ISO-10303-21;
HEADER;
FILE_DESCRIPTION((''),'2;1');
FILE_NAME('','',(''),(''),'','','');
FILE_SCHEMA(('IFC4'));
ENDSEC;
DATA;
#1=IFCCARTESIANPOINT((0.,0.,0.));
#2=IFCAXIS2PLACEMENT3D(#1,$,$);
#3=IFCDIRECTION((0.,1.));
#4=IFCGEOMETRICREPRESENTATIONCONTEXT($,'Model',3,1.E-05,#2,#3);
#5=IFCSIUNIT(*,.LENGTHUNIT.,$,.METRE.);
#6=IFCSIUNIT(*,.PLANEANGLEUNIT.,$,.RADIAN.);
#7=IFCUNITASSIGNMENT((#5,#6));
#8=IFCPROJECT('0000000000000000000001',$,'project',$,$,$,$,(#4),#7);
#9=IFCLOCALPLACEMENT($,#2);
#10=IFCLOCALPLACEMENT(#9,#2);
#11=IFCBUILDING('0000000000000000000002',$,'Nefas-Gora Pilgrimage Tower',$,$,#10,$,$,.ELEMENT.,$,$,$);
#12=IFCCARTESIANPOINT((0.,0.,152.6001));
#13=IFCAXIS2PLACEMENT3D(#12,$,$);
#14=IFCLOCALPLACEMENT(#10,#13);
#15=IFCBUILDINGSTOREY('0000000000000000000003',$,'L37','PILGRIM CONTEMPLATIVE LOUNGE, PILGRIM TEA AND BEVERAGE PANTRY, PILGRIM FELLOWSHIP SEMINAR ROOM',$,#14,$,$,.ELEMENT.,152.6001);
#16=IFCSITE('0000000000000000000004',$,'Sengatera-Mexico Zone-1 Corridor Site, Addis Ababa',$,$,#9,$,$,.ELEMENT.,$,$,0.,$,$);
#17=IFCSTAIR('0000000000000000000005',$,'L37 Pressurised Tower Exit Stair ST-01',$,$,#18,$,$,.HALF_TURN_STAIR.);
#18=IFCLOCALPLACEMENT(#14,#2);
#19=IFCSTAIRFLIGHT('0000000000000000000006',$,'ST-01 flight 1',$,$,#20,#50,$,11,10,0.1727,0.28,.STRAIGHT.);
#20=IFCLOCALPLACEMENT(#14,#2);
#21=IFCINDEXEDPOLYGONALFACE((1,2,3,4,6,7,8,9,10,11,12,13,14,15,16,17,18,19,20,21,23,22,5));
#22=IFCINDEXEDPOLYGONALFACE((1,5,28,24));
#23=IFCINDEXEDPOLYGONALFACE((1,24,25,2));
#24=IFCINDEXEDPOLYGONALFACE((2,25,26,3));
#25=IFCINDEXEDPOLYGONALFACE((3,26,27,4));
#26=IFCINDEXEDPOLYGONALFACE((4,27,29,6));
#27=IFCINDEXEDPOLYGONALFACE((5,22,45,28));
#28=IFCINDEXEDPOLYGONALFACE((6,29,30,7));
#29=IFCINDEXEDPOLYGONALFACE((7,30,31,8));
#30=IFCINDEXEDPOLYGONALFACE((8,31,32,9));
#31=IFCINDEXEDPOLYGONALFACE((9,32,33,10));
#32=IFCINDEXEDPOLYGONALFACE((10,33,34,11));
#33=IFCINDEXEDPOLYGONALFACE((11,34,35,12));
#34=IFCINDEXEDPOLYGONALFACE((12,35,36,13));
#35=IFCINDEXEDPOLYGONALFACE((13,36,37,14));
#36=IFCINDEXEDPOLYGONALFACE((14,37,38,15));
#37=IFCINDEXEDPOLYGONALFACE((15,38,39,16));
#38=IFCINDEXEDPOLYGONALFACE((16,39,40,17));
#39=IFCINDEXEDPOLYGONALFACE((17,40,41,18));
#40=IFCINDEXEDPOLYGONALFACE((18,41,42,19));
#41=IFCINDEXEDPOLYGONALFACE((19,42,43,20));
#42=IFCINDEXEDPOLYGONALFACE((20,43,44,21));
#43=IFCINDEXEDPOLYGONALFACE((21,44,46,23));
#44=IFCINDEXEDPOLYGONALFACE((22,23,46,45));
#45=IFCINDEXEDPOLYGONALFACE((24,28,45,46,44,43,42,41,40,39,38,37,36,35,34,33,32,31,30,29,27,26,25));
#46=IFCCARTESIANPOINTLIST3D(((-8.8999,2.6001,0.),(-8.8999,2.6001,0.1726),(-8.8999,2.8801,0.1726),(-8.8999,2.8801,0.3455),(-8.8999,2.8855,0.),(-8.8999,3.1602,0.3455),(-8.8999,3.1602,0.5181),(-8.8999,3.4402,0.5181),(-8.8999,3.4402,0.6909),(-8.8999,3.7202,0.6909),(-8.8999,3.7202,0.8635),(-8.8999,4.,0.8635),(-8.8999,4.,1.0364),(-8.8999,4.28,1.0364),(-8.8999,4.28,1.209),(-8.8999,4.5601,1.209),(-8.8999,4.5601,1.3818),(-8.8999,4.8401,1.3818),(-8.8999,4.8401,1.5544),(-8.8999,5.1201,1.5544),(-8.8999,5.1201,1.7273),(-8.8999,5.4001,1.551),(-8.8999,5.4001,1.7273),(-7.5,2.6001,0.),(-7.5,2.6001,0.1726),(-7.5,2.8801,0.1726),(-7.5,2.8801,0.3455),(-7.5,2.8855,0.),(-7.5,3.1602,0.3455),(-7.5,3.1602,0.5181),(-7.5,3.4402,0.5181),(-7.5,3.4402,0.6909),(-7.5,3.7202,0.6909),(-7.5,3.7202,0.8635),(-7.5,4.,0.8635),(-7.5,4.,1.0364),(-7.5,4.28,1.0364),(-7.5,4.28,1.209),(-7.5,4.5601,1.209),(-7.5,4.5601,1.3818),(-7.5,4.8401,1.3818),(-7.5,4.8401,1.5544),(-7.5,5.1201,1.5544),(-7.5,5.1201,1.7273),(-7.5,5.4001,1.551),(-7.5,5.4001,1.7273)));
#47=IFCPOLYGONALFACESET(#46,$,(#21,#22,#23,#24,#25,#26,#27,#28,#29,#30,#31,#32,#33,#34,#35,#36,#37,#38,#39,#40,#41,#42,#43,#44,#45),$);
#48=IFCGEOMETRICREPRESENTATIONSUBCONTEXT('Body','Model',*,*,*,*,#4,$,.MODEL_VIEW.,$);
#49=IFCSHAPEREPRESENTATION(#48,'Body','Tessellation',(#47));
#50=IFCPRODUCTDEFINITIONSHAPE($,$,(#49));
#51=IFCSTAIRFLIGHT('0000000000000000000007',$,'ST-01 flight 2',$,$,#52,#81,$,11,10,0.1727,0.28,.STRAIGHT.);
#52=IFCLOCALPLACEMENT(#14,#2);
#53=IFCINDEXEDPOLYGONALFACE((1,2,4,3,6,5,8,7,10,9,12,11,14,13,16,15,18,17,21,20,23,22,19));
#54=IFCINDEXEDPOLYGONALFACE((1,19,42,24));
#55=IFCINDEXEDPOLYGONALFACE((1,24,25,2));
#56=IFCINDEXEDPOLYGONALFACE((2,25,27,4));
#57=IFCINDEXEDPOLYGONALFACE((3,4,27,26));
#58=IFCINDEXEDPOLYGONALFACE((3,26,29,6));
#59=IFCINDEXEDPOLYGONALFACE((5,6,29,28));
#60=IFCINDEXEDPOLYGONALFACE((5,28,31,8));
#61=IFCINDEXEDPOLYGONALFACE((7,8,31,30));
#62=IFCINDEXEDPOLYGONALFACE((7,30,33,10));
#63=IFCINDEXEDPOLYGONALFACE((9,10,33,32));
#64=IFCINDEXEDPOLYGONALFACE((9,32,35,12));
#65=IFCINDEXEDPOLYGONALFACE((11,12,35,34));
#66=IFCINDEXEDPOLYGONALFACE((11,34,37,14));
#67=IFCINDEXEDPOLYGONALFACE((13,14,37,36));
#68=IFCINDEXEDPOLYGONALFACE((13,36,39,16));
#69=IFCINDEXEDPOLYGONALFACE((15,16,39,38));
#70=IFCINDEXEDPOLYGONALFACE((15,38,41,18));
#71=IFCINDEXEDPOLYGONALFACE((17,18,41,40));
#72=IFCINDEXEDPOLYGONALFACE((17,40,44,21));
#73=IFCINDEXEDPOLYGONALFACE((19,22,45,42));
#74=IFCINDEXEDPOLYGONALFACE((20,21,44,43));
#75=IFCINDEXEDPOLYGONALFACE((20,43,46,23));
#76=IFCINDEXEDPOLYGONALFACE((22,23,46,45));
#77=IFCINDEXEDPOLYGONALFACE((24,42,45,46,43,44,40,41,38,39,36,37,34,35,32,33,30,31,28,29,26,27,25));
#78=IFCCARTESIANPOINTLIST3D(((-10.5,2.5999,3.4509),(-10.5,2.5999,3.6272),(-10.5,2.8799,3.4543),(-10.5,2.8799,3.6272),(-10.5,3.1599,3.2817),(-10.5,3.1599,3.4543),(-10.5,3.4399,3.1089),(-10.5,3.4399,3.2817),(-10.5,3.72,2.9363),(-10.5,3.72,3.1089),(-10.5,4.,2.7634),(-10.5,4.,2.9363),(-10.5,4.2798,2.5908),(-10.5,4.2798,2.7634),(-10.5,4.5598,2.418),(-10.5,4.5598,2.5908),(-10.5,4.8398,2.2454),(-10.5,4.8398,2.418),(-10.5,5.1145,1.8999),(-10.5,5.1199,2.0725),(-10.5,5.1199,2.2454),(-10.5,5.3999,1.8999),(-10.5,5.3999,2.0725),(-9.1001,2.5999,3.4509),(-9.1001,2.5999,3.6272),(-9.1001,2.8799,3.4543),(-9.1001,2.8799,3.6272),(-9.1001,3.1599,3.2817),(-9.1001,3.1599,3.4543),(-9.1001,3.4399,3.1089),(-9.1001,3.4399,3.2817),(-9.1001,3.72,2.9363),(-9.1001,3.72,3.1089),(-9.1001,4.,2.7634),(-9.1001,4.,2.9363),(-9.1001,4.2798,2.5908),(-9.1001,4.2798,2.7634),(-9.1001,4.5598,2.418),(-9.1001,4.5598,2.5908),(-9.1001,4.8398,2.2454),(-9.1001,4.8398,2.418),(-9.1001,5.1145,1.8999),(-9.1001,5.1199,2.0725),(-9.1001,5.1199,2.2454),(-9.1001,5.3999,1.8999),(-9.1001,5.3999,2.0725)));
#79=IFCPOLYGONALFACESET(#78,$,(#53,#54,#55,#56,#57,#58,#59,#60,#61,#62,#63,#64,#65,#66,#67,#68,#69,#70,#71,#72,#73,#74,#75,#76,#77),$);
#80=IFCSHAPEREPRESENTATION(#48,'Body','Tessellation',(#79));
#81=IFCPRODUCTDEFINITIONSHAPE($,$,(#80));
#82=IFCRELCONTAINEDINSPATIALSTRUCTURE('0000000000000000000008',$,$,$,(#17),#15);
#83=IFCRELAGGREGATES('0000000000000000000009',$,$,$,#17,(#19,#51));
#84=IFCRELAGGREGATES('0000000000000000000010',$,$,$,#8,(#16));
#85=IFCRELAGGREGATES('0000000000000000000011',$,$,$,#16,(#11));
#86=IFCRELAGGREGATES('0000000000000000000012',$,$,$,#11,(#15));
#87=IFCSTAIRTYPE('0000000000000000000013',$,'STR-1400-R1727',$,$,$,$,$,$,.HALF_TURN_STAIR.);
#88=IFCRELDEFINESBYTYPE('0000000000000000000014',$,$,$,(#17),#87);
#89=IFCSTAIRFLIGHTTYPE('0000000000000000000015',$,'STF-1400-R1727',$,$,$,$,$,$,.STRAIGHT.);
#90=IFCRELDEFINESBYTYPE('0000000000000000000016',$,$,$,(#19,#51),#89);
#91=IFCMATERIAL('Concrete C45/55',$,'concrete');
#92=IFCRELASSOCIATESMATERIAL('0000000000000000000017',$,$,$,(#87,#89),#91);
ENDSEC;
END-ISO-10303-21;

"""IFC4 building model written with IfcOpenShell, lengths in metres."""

from ifc_helpers import new_model, si_unit, direction, frame, origin, place, context, subcontext, project, spatial, polyline, outline, extrude, source, transform, mapped, material, type_object, element, aggregate, save


model = new_model("IFC4")

# Units and contexts
model_context = context("Model", 3, precision=1e-05, world=origin(), true_north=direction((0.0, 1.0)))
body_context = subcontext(model_context, "Body", "Model", "MODEL_VIEW")
ifc_project = project(units=[si_unit("LENGTHUNIT", "METRE"), si_unit("PLANEANGLEUNIT", "RADIAN")], contexts=[model_context])

# Site, building, storey
site_placement = place(None, origin())
site = spatial("IfcSite", under=ifc_project, at=site_placement, Name="Sengatera-Mexico Zone-1 Corridor Site, Addis Ababa", CompositionType="ELEMENT", RefElevation=0.0)
building_placement = place(site_placement, origin())
building = spatial("IfcBuilding", under=site, at=building_placement, Name="Nefas-Gora Pilgrimage Tower", CompositionType="ELEMENT")
storey_placement = place(building_placement, frame((0.0, 0.0, 152.6001)))
storey = spatial("IfcBuildingStorey", under=building, at=storey_placement, Name="L37", Description="PILGRIM CONTEMPLATIVE LOUNGE, PILGRIM TEA AND BEVERAGE PANTRY, PILGRIM FELLOWSHIP SEMINAR ROOM", CompositionType="ELEMENT", Elevation=152.6001)

# Shared definitions
ifc_material_1 = material(Name="Concrete C45/55", Category="concrete")

# Stair, stair flights
stair_type = type_object("IfcStairType", Name="STR-1400-R1727", PredefinedType="HALF_TURN_STAIR", material=ifc_material_1)
stair_placement = place(storey_placement, origin())
stair = element("IfcStair", 1, at=stair_placement, inside=storey, type_object=stair_type, Name="L37 Pressurised Tower Exit Stair ST-01", PredefinedType="HALF_TURN_STAIR")
stair_flight_type = type_object("IfcStairFlightType", Name="STF-1400-R1727", PredefinedType="STRAIGHT", material=ifc_material_1)
shared_shape_1 = source(origin(), body_context, "Body", "SweptSolid", [
    extrude(outline(polyline([(0.0, 0.0), (0.0, 0.1726), (0.28, 0.1726), (0.28, 0.3455), (0.5601, 0.3455), (0.5601, 0.5181), (0.8401, 0.5181), (0.8401, 0.6909), (1.1201, 0.6909), (1.1201, 0.8635), (1.3999, 0.8635), (1.3999, 1.0364), (1.6799, 1.0364), (1.6799, 1.209), (1.96, 1.209), (1.96, 1.3818), (2.24, 1.3818), (2.24, 1.5544), (2.52, 1.5544), (2.52, 1.7273), (2.8, 1.7273), (2.8, 1.8999), (2.8, 1.551), (0.2854, 0.0), (0.0, 0.0)])), frame((0.0, 0.7, 0.0), z_axis=(0.0, -1.0, 0.0), x_axis=(1.0, 0.0, 0.0)), (0.0, 0.0, 1.0), 1.3999),
])
stair_flight_1_placement = place(storey_placement, frame((-8.2, 2.6001, 0.0), z_axis=(0.0, 0.0, 1.0), x_axis=(0.0, 1.0, 0.0)))
stair_flight_1 = element("IfcStairFlight", 2, at=stair_flight_1_placement, type_object=stair_flight_type, Name="ST-01 flight 1", NumberOfRisers=11, NumberOfTreads=10, PredefinedType="STRAIGHT", RiserHeight=0.1727, TreadLength=0.28, context=body_context, shape_type="MappedRepresentation", body=[
    mapped(shared_shape_1, transform((0.0, 0.0, 0.0), x_axis=(1.0, 0.0, 0.0), y_axis=(0.0, 1.0, 0.0), z_axis=(0.0, 0.0, 1.0), scale=1.0)),
])
stair_flight_2_placement = place(storey_placement, frame((-9.8, 5.3999, 1.8999), z_axis=(0.0, 0.0, 1.0), x_axis=(0.0, -1.0, 0.0)))
stair_flight_2 = element("IfcStairFlight", 3, at=stair_flight_2_placement, type_object=stair_flight_type, Name="ST-01 flight 2", NumberOfRisers=11, NumberOfTreads=10, PredefinedType="STRAIGHT", RiserHeight=0.1727, TreadLength=0.28, context=body_context, shape_type="MappedRepresentation", body=[
    mapped(shared_shape_1, transform((0.0, 0.0, 0.0), x_axis=(1.0, 0.0, 0.0), y_axis=(0.0, 1.0, 0.0), z_axis=(0.0, 0.0, 1.0), scale=1.0)),
])
aggregate(stair, [stair_flight_1, stair_flight_2])

save(model, "model.ifc")
